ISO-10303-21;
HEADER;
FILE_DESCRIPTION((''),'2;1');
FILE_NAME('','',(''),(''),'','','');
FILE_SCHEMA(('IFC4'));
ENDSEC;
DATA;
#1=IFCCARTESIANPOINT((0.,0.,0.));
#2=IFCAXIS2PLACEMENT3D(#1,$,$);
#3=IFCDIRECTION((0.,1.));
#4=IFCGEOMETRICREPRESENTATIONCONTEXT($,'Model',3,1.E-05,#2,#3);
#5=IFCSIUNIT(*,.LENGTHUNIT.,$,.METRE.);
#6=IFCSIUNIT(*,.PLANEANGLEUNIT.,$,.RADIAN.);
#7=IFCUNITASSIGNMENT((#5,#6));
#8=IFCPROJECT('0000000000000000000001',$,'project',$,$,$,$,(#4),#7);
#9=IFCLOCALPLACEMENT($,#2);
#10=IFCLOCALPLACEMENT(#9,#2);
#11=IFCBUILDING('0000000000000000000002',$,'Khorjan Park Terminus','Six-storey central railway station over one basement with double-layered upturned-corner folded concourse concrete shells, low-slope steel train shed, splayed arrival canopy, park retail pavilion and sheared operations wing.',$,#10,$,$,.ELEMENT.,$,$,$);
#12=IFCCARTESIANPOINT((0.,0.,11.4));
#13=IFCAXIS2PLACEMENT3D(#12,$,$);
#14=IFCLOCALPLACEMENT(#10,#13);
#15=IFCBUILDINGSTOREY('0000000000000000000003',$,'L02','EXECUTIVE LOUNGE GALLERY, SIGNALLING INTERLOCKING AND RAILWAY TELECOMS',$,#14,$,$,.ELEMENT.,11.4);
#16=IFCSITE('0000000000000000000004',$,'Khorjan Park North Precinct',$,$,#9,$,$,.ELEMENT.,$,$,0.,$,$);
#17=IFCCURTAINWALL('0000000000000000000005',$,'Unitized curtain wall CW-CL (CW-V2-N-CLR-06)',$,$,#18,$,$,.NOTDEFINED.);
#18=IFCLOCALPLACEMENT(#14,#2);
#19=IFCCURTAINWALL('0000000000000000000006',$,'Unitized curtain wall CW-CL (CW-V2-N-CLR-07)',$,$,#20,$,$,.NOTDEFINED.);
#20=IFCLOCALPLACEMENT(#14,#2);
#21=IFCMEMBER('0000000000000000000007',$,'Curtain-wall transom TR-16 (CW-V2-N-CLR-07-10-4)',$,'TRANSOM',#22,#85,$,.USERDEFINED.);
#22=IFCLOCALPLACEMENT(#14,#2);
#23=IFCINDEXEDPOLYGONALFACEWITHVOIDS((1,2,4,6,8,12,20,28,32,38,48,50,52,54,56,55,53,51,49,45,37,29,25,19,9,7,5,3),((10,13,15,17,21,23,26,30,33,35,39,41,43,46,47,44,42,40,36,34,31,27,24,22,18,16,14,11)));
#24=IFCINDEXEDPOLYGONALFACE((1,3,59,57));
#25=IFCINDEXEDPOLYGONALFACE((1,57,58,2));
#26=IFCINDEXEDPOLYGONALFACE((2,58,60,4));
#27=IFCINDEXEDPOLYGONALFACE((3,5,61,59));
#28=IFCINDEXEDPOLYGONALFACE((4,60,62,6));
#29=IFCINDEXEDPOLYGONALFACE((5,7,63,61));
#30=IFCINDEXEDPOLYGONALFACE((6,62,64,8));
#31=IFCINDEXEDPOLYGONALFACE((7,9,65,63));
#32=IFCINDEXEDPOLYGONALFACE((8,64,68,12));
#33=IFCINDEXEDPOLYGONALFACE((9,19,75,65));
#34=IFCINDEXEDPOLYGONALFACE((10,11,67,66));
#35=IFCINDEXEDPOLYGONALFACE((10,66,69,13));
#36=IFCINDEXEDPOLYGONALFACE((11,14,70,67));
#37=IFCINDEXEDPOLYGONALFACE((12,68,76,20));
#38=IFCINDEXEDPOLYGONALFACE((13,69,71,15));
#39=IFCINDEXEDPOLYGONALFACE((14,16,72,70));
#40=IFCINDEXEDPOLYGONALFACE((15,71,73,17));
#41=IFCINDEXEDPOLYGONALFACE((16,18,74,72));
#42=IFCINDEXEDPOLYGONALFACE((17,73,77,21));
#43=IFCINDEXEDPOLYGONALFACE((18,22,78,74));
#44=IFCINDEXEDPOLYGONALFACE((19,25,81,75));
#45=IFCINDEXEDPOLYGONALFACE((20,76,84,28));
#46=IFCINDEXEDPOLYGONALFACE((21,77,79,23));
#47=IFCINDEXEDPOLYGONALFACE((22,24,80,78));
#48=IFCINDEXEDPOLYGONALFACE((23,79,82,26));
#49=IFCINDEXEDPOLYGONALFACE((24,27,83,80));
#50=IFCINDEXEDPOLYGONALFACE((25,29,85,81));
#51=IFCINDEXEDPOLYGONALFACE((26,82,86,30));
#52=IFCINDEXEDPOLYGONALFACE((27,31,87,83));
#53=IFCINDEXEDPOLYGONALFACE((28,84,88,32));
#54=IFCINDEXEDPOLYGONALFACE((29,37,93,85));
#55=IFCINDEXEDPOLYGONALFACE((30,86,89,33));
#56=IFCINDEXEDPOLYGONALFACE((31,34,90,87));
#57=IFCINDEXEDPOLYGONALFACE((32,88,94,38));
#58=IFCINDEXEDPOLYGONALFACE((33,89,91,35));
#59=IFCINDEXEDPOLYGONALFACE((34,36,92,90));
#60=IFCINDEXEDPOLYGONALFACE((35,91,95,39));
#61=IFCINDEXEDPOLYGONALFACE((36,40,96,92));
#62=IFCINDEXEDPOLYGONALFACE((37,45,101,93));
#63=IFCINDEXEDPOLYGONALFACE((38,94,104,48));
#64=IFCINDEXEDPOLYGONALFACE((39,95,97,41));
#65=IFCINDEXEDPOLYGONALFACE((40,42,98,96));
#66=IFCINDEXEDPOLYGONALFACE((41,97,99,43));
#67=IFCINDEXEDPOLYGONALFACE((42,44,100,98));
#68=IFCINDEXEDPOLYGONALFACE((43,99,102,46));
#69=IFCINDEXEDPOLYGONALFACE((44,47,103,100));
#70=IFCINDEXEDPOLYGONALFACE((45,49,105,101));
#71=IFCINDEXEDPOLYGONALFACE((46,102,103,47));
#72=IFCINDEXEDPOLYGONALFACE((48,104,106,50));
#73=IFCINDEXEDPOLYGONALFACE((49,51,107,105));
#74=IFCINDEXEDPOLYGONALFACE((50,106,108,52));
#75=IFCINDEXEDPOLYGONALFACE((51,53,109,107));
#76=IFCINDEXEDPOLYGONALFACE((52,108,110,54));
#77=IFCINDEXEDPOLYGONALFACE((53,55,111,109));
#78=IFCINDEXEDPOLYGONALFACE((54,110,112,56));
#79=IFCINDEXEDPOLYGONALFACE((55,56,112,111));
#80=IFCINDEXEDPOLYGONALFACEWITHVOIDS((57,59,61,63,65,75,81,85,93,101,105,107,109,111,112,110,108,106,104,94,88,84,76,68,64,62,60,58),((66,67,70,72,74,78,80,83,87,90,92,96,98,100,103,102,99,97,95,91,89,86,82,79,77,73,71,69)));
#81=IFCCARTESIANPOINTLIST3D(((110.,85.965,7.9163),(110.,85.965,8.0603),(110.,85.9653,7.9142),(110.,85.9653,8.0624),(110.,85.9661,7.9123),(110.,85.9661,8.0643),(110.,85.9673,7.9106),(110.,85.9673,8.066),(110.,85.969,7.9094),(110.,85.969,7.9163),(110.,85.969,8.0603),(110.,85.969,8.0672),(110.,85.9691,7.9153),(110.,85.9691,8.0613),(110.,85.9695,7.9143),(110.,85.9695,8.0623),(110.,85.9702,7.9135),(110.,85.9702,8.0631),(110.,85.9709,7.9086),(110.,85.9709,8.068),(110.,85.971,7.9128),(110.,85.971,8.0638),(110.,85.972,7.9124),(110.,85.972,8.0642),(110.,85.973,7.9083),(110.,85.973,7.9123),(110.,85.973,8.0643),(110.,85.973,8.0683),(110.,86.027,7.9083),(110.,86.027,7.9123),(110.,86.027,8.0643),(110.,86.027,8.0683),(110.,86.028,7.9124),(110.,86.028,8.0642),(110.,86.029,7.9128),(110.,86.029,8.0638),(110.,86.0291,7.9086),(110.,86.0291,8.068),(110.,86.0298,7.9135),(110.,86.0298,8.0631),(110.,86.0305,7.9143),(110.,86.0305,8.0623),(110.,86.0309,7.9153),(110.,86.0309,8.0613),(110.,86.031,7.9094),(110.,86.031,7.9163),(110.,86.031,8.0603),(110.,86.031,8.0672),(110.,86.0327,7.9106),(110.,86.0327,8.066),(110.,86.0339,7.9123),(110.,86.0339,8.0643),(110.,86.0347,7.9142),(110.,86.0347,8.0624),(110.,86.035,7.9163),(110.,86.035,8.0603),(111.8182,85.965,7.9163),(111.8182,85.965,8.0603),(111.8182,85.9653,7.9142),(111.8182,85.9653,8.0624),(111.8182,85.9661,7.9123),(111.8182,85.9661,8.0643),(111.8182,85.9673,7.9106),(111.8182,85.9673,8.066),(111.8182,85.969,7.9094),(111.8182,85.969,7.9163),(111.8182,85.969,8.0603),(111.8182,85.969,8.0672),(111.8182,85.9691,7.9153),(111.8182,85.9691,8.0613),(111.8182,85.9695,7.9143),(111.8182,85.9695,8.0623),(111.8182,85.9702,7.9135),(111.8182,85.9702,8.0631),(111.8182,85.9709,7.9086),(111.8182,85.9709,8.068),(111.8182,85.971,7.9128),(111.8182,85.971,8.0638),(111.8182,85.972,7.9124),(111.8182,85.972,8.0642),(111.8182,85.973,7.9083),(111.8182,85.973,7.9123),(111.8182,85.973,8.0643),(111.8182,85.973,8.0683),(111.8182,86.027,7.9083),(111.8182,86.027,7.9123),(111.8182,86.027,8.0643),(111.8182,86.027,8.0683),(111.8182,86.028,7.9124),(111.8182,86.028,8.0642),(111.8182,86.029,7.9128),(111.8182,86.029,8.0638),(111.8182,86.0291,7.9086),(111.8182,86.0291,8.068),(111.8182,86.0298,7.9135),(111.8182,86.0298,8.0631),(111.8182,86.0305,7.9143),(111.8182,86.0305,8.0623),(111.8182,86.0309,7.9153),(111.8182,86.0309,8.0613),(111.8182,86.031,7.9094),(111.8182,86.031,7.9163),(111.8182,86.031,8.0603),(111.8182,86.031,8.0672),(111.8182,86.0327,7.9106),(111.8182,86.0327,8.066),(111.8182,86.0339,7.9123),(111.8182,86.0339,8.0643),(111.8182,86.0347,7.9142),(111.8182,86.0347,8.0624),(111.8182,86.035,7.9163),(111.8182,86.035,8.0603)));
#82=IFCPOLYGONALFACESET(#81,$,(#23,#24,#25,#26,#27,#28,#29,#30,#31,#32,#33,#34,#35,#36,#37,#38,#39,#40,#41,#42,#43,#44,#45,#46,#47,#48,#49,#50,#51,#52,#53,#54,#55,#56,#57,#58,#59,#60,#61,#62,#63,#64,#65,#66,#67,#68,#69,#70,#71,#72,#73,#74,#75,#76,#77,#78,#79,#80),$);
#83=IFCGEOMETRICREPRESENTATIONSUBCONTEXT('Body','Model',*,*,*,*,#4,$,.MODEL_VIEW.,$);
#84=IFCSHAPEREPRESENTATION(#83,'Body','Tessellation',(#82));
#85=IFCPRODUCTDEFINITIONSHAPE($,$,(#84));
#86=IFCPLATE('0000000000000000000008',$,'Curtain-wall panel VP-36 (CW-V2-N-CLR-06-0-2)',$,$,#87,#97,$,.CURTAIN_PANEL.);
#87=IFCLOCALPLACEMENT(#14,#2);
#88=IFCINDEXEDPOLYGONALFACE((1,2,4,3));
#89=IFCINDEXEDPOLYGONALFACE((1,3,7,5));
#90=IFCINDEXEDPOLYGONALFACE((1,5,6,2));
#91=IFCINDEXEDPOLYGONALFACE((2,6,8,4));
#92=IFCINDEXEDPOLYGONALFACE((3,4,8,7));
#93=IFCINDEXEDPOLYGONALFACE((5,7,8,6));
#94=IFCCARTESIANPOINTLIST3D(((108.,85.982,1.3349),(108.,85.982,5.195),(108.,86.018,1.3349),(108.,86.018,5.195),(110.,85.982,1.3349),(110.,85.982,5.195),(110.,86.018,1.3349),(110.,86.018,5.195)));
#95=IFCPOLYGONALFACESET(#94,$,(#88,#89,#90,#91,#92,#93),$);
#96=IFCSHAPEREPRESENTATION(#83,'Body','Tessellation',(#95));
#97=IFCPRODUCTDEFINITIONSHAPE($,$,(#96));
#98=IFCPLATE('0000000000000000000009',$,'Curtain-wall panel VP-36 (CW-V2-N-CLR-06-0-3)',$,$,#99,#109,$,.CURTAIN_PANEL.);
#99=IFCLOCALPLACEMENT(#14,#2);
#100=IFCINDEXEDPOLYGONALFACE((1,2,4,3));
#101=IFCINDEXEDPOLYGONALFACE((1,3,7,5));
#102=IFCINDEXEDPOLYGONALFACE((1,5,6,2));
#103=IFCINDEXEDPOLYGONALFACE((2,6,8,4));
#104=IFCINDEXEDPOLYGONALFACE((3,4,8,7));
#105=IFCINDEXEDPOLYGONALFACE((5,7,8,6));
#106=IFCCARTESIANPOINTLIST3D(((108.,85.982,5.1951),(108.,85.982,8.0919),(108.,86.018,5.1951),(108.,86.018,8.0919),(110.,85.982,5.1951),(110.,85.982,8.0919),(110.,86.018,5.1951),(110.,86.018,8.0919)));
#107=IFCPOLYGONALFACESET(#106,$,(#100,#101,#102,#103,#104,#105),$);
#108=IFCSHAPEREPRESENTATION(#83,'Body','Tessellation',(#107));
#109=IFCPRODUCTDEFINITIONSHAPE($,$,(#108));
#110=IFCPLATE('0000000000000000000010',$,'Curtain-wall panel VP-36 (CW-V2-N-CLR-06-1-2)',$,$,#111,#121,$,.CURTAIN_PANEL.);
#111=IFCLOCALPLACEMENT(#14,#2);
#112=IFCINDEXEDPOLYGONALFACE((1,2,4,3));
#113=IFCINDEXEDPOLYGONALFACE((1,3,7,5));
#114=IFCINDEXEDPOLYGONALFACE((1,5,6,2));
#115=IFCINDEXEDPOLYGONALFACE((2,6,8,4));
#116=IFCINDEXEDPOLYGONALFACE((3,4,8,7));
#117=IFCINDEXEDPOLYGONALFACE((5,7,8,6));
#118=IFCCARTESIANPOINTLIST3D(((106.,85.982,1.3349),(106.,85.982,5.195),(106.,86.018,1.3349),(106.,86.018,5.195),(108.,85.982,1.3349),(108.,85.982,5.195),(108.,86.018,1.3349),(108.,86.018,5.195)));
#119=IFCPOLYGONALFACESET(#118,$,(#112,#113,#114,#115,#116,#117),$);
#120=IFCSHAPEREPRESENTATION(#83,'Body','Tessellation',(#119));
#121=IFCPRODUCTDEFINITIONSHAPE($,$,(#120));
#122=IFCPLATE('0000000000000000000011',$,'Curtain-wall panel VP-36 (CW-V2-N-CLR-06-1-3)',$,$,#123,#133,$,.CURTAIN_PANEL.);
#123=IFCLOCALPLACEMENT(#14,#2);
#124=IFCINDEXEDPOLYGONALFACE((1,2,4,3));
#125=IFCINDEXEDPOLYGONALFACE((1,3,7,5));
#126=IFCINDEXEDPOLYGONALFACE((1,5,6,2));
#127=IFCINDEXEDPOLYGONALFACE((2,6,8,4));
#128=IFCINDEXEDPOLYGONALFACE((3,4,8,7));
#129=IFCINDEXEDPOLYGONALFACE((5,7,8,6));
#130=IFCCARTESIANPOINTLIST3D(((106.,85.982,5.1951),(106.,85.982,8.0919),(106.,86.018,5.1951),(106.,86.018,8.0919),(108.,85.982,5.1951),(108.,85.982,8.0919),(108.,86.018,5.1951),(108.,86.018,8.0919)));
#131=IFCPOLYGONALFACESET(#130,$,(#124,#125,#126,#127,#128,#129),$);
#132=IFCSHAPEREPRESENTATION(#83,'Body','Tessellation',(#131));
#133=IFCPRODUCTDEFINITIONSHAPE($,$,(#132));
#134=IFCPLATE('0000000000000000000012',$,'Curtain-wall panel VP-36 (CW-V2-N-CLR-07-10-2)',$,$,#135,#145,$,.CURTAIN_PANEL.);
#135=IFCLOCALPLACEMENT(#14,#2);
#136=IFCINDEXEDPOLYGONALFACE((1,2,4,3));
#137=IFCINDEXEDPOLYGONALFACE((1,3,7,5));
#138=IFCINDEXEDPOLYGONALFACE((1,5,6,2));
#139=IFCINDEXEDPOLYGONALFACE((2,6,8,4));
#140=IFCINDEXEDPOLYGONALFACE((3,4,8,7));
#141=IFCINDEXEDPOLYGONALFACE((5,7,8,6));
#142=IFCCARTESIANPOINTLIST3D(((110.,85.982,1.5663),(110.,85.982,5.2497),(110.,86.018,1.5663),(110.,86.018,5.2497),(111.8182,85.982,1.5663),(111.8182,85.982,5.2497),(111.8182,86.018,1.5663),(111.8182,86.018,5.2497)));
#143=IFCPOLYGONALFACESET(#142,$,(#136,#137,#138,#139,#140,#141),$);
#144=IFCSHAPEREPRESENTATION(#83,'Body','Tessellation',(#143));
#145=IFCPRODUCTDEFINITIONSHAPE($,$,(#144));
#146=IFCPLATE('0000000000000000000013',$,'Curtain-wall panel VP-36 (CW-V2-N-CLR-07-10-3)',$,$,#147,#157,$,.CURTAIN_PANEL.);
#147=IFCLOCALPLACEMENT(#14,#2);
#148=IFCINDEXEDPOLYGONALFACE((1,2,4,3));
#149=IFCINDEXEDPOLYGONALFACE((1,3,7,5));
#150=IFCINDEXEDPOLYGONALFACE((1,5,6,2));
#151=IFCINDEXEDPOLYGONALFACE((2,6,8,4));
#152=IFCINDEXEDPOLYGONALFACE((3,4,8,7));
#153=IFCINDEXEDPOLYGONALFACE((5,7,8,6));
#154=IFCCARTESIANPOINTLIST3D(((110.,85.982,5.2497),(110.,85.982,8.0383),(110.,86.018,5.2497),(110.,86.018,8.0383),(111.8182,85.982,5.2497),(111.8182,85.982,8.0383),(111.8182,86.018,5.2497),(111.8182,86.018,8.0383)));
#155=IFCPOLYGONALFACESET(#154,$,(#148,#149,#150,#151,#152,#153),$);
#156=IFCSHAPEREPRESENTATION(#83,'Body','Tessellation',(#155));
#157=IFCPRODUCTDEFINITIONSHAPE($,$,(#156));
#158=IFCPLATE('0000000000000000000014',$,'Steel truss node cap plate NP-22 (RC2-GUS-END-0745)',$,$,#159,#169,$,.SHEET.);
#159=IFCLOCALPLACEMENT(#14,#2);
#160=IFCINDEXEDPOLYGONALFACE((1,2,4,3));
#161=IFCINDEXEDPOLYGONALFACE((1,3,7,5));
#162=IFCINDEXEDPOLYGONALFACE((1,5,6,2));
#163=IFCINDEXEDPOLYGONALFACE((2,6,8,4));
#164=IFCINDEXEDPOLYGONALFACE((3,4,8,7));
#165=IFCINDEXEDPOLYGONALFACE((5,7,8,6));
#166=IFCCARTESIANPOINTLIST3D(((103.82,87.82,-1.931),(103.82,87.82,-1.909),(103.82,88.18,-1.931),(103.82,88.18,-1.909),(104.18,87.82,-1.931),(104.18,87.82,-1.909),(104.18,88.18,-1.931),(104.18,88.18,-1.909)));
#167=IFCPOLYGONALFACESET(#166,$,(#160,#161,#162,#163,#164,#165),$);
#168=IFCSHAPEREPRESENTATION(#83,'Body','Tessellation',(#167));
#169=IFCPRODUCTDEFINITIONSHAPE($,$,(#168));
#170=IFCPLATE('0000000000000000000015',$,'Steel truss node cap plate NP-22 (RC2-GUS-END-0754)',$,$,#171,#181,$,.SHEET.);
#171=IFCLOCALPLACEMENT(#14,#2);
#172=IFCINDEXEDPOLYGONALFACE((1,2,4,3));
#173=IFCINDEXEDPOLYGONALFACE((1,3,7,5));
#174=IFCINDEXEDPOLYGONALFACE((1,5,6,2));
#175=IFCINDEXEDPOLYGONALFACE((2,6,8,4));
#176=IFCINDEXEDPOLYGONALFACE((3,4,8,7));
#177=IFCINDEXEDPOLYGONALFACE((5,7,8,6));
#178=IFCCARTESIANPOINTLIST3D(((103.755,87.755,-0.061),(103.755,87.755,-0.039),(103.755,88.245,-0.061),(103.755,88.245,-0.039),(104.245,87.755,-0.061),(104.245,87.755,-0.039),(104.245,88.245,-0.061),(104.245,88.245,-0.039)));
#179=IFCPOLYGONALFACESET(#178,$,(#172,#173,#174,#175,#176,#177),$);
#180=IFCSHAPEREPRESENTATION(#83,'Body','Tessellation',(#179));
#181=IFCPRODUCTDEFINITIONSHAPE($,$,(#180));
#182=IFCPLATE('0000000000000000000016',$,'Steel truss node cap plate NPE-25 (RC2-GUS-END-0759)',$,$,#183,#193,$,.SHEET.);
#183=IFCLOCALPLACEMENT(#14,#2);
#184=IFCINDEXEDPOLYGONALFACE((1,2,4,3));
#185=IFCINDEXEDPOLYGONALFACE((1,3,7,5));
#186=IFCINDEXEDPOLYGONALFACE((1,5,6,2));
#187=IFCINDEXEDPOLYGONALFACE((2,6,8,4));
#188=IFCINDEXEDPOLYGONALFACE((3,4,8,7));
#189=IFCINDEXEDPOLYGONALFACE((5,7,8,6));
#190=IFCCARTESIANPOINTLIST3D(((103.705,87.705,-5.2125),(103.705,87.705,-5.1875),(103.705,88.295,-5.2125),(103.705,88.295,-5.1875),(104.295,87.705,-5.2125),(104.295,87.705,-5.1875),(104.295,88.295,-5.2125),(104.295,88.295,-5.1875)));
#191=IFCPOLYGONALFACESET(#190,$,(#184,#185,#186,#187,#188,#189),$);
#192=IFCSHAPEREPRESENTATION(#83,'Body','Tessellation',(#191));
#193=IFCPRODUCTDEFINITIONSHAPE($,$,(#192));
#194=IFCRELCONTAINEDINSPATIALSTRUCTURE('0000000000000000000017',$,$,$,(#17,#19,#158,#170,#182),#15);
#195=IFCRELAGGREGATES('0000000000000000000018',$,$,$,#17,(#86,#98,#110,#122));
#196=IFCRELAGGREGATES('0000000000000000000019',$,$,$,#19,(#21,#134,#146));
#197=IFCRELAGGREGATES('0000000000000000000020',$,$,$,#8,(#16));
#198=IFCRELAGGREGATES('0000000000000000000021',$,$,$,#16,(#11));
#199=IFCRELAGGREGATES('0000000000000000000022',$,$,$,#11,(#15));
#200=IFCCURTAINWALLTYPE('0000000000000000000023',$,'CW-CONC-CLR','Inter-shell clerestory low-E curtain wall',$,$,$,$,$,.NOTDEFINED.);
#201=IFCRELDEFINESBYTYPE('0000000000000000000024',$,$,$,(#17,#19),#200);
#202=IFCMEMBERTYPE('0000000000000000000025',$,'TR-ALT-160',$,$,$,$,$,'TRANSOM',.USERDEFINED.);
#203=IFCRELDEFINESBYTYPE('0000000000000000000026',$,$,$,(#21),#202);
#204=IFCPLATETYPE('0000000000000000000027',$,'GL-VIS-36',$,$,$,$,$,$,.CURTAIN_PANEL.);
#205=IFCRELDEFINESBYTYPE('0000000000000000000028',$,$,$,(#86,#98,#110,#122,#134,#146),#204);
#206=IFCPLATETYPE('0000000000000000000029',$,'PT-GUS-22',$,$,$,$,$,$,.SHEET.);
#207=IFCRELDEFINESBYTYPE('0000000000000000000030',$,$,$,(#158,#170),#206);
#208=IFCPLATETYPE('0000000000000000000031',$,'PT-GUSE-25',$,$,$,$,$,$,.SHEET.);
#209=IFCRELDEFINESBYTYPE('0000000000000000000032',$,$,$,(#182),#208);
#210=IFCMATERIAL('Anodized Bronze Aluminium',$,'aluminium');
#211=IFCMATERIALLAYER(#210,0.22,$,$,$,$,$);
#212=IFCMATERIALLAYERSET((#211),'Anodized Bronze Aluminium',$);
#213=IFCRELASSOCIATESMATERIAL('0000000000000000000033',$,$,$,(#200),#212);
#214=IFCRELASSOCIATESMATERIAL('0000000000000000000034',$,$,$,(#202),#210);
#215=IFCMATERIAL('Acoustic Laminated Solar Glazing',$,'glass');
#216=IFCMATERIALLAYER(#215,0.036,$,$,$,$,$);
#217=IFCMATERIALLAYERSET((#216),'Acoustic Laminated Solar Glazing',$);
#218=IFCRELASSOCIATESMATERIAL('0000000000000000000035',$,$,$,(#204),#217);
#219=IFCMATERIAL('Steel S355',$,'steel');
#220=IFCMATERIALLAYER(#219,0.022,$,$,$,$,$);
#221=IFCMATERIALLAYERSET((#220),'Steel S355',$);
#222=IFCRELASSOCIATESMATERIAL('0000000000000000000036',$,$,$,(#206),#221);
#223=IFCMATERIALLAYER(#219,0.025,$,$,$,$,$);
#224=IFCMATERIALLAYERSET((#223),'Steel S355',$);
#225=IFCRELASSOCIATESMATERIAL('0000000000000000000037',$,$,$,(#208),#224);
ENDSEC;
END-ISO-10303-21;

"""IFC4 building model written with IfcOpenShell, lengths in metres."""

from ifc_helpers import new_model, si_unit, direction, frame, origin, origin_2d, place, context, subcontext, project, spatial, rectangle, hollow_rectangle, extrude, material, layer, layer_set, material_profile, profile_set, type_object, element, aggregate, save


model = new_model("IFC4")

# Units and contexts
model_context = context("Model", 3, precision=1e-05, world=origin(), true_north=direction((0.0, 1.0)))
body_context = subcontext(model_context, "Body", "Model", "MODEL_VIEW")
ifc_project = project(units=[si_unit("LENGTHUNIT", "METRE"), si_unit("PLANEANGLEUNIT", "RADIAN")], contexts=[model_context])

# Site, building, storey
site_placement = place(None, origin())
site = spatial("IfcSite", under=ifc_project, at=site_placement, Name="Khorjan Park North Precinct", CompositionType="ELEMENT", RefElevation=0.0)
building_placement = place(site_placement, origin())
building = spatial("IfcBuilding", under=site, at=building_placement, Name="Khorjan Park Terminus", Description="Six-storey central railway station over one basement with double-layered upturned-corner folded concourse concrete shells, low-slope steel train shed, splayed arrival canopy, park retail pavilion and sheared operations wing.", CompositionType="ELEMENT")
storey_placement = place(building_placement, frame((0.0, 0.0, 11.4)))
storey = spatial("IfcBuildingStorey", under=building, at=storey_placement, Name="L02", Description="EXECUTIVE LOUNGE GALLERY, SIGNALLING INTERLOCKING AND RAILWAY TELECOMS", CompositionType="ELEMENT", Elevation=11.4)

# Shared definitions
ifc_material_1 = material(Name="Steel S355", Category="steel")

# Curtain wall
ifc_material_2 = material(Name="Anodized Bronze Aluminium", Category="aluminium")
ifc_layer_1 = layer(ifc_material_2, 0.22)
ifc_layer_set_1 = layer_set([ifc_layer_1], Name="Anodized Bronze Aluminium")
curtain_wall_type = type_object("IfcCurtainWallType", Name="CW-CONC-CLR", Description="Inter-shell clerestory low-E curtain wall", PredefinedType="NOTDEFINED", material=ifc_layer_set_1)
curtain_wall_1_placement = place(storey_placement, origin())
curtain_wall_1 = element("IfcCurtainWall", 1, at=curtain_wall_1_placement, inside=storey, type_object=curtain_wall_type, Name="Unitized curtain wall CW-CL (CW-V2-N-CLR-06)", PredefinedType="NOTDEFINED")

# Curtain wall
curtain_wall_2_placement = place(storey_placement, origin())
curtain_wall_2 = element("IfcCurtainWall", 2, at=curtain_wall_2_placement, inside=storey, type_object=curtain_wall_type, Name="Unitized curtain wall CW-CL (CW-V2-N-CLR-07)", PredefinedType="NOTDEFINED")

# Member
ifc_material_profile_1 = material_profile(ifc_material_2, hollow_rectangle(XDim=0.07, YDim=0.16, WallThickness=0.004, InnerFilletRadius=0.004, OuterFilletRadius=0.008, at=origin_2d()), Name="ALT 70x160x4")
ifc_profile_set_1 = profile_set([ifc_material_profile_1], Name="Anodized Bronze Aluminium")
member_type_1 = type_object("IfcMemberType", Name="TR-ALT-160", ElementType="TRANSOM", PredefinedType="USERDEFINED", material=ifc_profile_set_1)
member_1_placement = place(storey_placement, frame((111.8182, 86.0, 7.9883), z_axis=(-1.0, 0.0, 0.0), x_axis=(0.0, -1.0, 0.0)))
member_1 = element("IfcMember", 3, at=member_1_placement, type_object=member_type_1, Name="Curtain-wall transom TR-16 (CW-V2-N-CLR-07-10-4)", ObjectType="TRANSOM", PredefinedType="USERDEFINED", context=body_context, shape_type="SweptSolid", body=[
    extrude(hollow_rectangle(XDim=0.07, YDim=0.16, WallThickness=0.004, InnerFilletRadius=0.004, OuterFilletRadius=0.008, at=origin_2d()), origin(), (0.0, 0.0, 1.0), 1.8182),
])

# Plates
ifc_material_3 = material(Name="Acoustic Laminated Solar Glazing", Category="glass")
ifc_layer_2 = layer(ifc_material_3, 0.036)
ifc_layer_set_2 = layer_set([ifc_layer_2], Name="Acoustic Laminated Solar Glazing")
plate_type_1 = type_object("IfcPlateType", Name="GL-VIS-36", PredefinedType="CURTAIN_PANEL", material=ifc_layer_set_2)
plate_1_placement = place(storey_placement, frame((109.0, 86.0, 1.3349), z_axis=(0.0, 0.0, 1.0), x_axis=(-1.0, 0.0, 0.0)))
plate_1 = element("IfcPlate", 4, at=plate_1_placement, type_object=plate_type_1, Name="Curtain-wall panel VP-36 (CW-V2-N-CLR-06-0-2)", PredefinedType="CURTAIN_PANEL", context=body_context, shape_type="SweptSolid", body=[
    extrude(rectangle(XDim=2.0, YDim=0.036, at=origin_2d()), origin(), (0.0, 0.0, 1.0), 3.8601),
])
plate_2_placement = place(storey_placement, frame((109.0, 86.0, 5.1951), z_axis=(0.0, 0.0, 1.0), x_axis=(-1.0, 0.0, 0.0)))
plate_2 = element("IfcPlate", 5, at=plate_2_placement, type_object=plate_type_1, Name="Curtain-wall panel VP-36 (CW-V2-N-CLR-06-0-3)", PredefinedType="CURTAIN_PANEL", context=body_context, shape_type="SweptSolid", body=[
    extrude(rectangle(XDim=2.0, YDim=0.036, at=origin_2d()), origin(), (0.0, 0.0, 1.0), 2.8968),
])
plate_3_placement = place(storey_placement, frame((107.0, 86.0, 1.3349), z_axis=(0.0, 0.0, 1.0), x_axis=(-1.0, 0.0, 0.0)))
plate_3 = element("IfcPlate", 6, at=plate_3_placement, type_object=plate_type_1, Name="Curtain-wall panel VP-36 (CW-V2-N-CLR-06-1-2)", PredefinedType="CURTAIN_PANEL", context=body_context, shape_type="SweptSolid", body=[
    extrude(rectangle(XDim=2.0, YDim=0.036, at=origin_2d()), origin(), (0.0, 0.0, 1.0), 3.8601),
])
plate_4_placement = place(storey_placement, frame((107.0, 86.0, 5.1951), z_axis=(0.0, 0.0, 1.0), x_axis=(-1.0, 0.0, 0.0)))
plate_4 = element("IfcPlate", 7, at=plate_4_placement, type_object=plate_type_1, Name="Curtain-wall panel VP-36 (CW-V2-N-CLR-06-1-3)", PredefinedType="CURTAIN_PANEL", context=body_context, shape_type="SweptSolid", body=[
    extrude(rectangle(XDim=2.0, YDim=0.036, at=origin_2d()), origin(), (0.0, 0.0, 1.0), 2.8968),
])
plate_5_placement = place(storey_placement, frame((110.9091, 86.0, 1.5663), z_axis=(0.0, 0.0, 1.0), x_axis=(-1.0, 0.0, 0.0)))
plate_5 = element("IfcPlate", 8, at=plate_5_placement, type_object=plate_type_1, Name="Curtain-wall panel VP-36 (CW-V2-N-CLR-07-10-2)", PredefinedType="CURTAIN_PANEL", context=body_context, shape_type="SweptSolid", body=[
    extrude(rectangle(XDim=1.8182, YDim=0.036, at=origin_2d()), origin(), (0.0, 0.0, 1.0), 3.6834),
])
plate_6_placement = place(storey_placement, frame((110.9091, 86.0, 5.2497), z_axis=(0.0, 0.0, 1.0), x_axis=(-1.0, 0.0, 0.0)))
plate_6 = element("IfcPlate", 9, at=plate_6_placement, type_object=plate_type_1, Name="Curtain-wall panel VP-36 (CW-V2-N-CLR-07-10-3)", PredefinedType="CURTAIN_PANEL", context=body_context, shape_type="SweptSolid", body=[
    extrude(rectangle(XDim=1.8182, YDim=0.036, at=origin_2d()), origin(), (0.0, 0.0, 1.0), 2.7886),
])

# Plates
ifc_layer_3 = layer(ifc_material_1, 0.022)
ifc_layer_set_3 = layer_set([ifc_layer_3], Name="Steel S355")
plate_type_2 = type_object("IfcPlateType", Name="PT-GUS-22", PredefinedType="SHEET", material=ifc_layer_set_3)
plate_7_placement = place(storey_placement, frame((104.0, 88.0, -1.931), z_axis=(0.0, 0.0, 1.0), x_axis=(1.0, 0.0, 0.0)))
element("IfcPlate", 10, at=plate_7_placement, inside=storey, type_object=plate_type_2, Name="Steel truss node cap plate NP-22 (RC2-GUS-END-0745)", PredefinedType="SHEET", context=body_context, shape_type="SweptSolid", body=[
    extrude(rectangle(XDim=0.36, YDim=0.36, at=origin_2d()), origin(), (0.0, 0.0, 1.0), 0.022),
])
plate_8_placement = place(storey_placement, frame((104.0, 88.0, -0.061), z_axis=(0.0, 0.0, 1.0), x_axis=(1.0, 0.0, 0.0)))
element("IfcPlate", 11, at=plate_8_placement, inside=storey, type_object=plate_type_2, Name="Steel truss node cap plate NP-22 (RC2-GUS-END-0754)", PredefinedType="SHEET", context=body_context, shape_type="SweptSolid", body=[
    extrude(rectangle(XDim=0.49, YDim=0.49, at=origin_2d()), origin(), (0.0, 0.0, 1.0), 0.022),
])
ifc_layer_4 = layer(ifc_material_1, 0.025)
ifc_layer_set_4 = layer_set([ifc_layer_4], Name="Steel S355")
plate_type_3 = type_object("IfcPlateType", Name="PT-GUSE-25", PredefinedType="SHEET", material=ifc_layer_set_4)
plate_9_placement = place(storey_placement, frame((104.0, 88.0, -5.2125), z_axis=(0.0, 0.0, 1.0), x_axis=(1.0, 0.0, 0.0)))
element("IfcPlate", 12, at=plate_9_placement, inside=storey, type_object=plate_type_3, Name="Steel truss node cap plate NPE-25 (RC2-GUS-END-0759)", PredefinedType="SHEET", context=body_context, shape_type="SweptSolid", body=[
    extrude(rectangle(XDim=0.59, YDim=0.59, at=origin_2d()), origin(), (0.0, 0.0, 1.0), 0.025),
])

aggregate(curtain_wall_1, [plate_1, plate_2, plate_3, plate_4])
aggregate(curtain_wall_2, [member_1, plate_5, plate_6])

save(model, "model.ifc")
